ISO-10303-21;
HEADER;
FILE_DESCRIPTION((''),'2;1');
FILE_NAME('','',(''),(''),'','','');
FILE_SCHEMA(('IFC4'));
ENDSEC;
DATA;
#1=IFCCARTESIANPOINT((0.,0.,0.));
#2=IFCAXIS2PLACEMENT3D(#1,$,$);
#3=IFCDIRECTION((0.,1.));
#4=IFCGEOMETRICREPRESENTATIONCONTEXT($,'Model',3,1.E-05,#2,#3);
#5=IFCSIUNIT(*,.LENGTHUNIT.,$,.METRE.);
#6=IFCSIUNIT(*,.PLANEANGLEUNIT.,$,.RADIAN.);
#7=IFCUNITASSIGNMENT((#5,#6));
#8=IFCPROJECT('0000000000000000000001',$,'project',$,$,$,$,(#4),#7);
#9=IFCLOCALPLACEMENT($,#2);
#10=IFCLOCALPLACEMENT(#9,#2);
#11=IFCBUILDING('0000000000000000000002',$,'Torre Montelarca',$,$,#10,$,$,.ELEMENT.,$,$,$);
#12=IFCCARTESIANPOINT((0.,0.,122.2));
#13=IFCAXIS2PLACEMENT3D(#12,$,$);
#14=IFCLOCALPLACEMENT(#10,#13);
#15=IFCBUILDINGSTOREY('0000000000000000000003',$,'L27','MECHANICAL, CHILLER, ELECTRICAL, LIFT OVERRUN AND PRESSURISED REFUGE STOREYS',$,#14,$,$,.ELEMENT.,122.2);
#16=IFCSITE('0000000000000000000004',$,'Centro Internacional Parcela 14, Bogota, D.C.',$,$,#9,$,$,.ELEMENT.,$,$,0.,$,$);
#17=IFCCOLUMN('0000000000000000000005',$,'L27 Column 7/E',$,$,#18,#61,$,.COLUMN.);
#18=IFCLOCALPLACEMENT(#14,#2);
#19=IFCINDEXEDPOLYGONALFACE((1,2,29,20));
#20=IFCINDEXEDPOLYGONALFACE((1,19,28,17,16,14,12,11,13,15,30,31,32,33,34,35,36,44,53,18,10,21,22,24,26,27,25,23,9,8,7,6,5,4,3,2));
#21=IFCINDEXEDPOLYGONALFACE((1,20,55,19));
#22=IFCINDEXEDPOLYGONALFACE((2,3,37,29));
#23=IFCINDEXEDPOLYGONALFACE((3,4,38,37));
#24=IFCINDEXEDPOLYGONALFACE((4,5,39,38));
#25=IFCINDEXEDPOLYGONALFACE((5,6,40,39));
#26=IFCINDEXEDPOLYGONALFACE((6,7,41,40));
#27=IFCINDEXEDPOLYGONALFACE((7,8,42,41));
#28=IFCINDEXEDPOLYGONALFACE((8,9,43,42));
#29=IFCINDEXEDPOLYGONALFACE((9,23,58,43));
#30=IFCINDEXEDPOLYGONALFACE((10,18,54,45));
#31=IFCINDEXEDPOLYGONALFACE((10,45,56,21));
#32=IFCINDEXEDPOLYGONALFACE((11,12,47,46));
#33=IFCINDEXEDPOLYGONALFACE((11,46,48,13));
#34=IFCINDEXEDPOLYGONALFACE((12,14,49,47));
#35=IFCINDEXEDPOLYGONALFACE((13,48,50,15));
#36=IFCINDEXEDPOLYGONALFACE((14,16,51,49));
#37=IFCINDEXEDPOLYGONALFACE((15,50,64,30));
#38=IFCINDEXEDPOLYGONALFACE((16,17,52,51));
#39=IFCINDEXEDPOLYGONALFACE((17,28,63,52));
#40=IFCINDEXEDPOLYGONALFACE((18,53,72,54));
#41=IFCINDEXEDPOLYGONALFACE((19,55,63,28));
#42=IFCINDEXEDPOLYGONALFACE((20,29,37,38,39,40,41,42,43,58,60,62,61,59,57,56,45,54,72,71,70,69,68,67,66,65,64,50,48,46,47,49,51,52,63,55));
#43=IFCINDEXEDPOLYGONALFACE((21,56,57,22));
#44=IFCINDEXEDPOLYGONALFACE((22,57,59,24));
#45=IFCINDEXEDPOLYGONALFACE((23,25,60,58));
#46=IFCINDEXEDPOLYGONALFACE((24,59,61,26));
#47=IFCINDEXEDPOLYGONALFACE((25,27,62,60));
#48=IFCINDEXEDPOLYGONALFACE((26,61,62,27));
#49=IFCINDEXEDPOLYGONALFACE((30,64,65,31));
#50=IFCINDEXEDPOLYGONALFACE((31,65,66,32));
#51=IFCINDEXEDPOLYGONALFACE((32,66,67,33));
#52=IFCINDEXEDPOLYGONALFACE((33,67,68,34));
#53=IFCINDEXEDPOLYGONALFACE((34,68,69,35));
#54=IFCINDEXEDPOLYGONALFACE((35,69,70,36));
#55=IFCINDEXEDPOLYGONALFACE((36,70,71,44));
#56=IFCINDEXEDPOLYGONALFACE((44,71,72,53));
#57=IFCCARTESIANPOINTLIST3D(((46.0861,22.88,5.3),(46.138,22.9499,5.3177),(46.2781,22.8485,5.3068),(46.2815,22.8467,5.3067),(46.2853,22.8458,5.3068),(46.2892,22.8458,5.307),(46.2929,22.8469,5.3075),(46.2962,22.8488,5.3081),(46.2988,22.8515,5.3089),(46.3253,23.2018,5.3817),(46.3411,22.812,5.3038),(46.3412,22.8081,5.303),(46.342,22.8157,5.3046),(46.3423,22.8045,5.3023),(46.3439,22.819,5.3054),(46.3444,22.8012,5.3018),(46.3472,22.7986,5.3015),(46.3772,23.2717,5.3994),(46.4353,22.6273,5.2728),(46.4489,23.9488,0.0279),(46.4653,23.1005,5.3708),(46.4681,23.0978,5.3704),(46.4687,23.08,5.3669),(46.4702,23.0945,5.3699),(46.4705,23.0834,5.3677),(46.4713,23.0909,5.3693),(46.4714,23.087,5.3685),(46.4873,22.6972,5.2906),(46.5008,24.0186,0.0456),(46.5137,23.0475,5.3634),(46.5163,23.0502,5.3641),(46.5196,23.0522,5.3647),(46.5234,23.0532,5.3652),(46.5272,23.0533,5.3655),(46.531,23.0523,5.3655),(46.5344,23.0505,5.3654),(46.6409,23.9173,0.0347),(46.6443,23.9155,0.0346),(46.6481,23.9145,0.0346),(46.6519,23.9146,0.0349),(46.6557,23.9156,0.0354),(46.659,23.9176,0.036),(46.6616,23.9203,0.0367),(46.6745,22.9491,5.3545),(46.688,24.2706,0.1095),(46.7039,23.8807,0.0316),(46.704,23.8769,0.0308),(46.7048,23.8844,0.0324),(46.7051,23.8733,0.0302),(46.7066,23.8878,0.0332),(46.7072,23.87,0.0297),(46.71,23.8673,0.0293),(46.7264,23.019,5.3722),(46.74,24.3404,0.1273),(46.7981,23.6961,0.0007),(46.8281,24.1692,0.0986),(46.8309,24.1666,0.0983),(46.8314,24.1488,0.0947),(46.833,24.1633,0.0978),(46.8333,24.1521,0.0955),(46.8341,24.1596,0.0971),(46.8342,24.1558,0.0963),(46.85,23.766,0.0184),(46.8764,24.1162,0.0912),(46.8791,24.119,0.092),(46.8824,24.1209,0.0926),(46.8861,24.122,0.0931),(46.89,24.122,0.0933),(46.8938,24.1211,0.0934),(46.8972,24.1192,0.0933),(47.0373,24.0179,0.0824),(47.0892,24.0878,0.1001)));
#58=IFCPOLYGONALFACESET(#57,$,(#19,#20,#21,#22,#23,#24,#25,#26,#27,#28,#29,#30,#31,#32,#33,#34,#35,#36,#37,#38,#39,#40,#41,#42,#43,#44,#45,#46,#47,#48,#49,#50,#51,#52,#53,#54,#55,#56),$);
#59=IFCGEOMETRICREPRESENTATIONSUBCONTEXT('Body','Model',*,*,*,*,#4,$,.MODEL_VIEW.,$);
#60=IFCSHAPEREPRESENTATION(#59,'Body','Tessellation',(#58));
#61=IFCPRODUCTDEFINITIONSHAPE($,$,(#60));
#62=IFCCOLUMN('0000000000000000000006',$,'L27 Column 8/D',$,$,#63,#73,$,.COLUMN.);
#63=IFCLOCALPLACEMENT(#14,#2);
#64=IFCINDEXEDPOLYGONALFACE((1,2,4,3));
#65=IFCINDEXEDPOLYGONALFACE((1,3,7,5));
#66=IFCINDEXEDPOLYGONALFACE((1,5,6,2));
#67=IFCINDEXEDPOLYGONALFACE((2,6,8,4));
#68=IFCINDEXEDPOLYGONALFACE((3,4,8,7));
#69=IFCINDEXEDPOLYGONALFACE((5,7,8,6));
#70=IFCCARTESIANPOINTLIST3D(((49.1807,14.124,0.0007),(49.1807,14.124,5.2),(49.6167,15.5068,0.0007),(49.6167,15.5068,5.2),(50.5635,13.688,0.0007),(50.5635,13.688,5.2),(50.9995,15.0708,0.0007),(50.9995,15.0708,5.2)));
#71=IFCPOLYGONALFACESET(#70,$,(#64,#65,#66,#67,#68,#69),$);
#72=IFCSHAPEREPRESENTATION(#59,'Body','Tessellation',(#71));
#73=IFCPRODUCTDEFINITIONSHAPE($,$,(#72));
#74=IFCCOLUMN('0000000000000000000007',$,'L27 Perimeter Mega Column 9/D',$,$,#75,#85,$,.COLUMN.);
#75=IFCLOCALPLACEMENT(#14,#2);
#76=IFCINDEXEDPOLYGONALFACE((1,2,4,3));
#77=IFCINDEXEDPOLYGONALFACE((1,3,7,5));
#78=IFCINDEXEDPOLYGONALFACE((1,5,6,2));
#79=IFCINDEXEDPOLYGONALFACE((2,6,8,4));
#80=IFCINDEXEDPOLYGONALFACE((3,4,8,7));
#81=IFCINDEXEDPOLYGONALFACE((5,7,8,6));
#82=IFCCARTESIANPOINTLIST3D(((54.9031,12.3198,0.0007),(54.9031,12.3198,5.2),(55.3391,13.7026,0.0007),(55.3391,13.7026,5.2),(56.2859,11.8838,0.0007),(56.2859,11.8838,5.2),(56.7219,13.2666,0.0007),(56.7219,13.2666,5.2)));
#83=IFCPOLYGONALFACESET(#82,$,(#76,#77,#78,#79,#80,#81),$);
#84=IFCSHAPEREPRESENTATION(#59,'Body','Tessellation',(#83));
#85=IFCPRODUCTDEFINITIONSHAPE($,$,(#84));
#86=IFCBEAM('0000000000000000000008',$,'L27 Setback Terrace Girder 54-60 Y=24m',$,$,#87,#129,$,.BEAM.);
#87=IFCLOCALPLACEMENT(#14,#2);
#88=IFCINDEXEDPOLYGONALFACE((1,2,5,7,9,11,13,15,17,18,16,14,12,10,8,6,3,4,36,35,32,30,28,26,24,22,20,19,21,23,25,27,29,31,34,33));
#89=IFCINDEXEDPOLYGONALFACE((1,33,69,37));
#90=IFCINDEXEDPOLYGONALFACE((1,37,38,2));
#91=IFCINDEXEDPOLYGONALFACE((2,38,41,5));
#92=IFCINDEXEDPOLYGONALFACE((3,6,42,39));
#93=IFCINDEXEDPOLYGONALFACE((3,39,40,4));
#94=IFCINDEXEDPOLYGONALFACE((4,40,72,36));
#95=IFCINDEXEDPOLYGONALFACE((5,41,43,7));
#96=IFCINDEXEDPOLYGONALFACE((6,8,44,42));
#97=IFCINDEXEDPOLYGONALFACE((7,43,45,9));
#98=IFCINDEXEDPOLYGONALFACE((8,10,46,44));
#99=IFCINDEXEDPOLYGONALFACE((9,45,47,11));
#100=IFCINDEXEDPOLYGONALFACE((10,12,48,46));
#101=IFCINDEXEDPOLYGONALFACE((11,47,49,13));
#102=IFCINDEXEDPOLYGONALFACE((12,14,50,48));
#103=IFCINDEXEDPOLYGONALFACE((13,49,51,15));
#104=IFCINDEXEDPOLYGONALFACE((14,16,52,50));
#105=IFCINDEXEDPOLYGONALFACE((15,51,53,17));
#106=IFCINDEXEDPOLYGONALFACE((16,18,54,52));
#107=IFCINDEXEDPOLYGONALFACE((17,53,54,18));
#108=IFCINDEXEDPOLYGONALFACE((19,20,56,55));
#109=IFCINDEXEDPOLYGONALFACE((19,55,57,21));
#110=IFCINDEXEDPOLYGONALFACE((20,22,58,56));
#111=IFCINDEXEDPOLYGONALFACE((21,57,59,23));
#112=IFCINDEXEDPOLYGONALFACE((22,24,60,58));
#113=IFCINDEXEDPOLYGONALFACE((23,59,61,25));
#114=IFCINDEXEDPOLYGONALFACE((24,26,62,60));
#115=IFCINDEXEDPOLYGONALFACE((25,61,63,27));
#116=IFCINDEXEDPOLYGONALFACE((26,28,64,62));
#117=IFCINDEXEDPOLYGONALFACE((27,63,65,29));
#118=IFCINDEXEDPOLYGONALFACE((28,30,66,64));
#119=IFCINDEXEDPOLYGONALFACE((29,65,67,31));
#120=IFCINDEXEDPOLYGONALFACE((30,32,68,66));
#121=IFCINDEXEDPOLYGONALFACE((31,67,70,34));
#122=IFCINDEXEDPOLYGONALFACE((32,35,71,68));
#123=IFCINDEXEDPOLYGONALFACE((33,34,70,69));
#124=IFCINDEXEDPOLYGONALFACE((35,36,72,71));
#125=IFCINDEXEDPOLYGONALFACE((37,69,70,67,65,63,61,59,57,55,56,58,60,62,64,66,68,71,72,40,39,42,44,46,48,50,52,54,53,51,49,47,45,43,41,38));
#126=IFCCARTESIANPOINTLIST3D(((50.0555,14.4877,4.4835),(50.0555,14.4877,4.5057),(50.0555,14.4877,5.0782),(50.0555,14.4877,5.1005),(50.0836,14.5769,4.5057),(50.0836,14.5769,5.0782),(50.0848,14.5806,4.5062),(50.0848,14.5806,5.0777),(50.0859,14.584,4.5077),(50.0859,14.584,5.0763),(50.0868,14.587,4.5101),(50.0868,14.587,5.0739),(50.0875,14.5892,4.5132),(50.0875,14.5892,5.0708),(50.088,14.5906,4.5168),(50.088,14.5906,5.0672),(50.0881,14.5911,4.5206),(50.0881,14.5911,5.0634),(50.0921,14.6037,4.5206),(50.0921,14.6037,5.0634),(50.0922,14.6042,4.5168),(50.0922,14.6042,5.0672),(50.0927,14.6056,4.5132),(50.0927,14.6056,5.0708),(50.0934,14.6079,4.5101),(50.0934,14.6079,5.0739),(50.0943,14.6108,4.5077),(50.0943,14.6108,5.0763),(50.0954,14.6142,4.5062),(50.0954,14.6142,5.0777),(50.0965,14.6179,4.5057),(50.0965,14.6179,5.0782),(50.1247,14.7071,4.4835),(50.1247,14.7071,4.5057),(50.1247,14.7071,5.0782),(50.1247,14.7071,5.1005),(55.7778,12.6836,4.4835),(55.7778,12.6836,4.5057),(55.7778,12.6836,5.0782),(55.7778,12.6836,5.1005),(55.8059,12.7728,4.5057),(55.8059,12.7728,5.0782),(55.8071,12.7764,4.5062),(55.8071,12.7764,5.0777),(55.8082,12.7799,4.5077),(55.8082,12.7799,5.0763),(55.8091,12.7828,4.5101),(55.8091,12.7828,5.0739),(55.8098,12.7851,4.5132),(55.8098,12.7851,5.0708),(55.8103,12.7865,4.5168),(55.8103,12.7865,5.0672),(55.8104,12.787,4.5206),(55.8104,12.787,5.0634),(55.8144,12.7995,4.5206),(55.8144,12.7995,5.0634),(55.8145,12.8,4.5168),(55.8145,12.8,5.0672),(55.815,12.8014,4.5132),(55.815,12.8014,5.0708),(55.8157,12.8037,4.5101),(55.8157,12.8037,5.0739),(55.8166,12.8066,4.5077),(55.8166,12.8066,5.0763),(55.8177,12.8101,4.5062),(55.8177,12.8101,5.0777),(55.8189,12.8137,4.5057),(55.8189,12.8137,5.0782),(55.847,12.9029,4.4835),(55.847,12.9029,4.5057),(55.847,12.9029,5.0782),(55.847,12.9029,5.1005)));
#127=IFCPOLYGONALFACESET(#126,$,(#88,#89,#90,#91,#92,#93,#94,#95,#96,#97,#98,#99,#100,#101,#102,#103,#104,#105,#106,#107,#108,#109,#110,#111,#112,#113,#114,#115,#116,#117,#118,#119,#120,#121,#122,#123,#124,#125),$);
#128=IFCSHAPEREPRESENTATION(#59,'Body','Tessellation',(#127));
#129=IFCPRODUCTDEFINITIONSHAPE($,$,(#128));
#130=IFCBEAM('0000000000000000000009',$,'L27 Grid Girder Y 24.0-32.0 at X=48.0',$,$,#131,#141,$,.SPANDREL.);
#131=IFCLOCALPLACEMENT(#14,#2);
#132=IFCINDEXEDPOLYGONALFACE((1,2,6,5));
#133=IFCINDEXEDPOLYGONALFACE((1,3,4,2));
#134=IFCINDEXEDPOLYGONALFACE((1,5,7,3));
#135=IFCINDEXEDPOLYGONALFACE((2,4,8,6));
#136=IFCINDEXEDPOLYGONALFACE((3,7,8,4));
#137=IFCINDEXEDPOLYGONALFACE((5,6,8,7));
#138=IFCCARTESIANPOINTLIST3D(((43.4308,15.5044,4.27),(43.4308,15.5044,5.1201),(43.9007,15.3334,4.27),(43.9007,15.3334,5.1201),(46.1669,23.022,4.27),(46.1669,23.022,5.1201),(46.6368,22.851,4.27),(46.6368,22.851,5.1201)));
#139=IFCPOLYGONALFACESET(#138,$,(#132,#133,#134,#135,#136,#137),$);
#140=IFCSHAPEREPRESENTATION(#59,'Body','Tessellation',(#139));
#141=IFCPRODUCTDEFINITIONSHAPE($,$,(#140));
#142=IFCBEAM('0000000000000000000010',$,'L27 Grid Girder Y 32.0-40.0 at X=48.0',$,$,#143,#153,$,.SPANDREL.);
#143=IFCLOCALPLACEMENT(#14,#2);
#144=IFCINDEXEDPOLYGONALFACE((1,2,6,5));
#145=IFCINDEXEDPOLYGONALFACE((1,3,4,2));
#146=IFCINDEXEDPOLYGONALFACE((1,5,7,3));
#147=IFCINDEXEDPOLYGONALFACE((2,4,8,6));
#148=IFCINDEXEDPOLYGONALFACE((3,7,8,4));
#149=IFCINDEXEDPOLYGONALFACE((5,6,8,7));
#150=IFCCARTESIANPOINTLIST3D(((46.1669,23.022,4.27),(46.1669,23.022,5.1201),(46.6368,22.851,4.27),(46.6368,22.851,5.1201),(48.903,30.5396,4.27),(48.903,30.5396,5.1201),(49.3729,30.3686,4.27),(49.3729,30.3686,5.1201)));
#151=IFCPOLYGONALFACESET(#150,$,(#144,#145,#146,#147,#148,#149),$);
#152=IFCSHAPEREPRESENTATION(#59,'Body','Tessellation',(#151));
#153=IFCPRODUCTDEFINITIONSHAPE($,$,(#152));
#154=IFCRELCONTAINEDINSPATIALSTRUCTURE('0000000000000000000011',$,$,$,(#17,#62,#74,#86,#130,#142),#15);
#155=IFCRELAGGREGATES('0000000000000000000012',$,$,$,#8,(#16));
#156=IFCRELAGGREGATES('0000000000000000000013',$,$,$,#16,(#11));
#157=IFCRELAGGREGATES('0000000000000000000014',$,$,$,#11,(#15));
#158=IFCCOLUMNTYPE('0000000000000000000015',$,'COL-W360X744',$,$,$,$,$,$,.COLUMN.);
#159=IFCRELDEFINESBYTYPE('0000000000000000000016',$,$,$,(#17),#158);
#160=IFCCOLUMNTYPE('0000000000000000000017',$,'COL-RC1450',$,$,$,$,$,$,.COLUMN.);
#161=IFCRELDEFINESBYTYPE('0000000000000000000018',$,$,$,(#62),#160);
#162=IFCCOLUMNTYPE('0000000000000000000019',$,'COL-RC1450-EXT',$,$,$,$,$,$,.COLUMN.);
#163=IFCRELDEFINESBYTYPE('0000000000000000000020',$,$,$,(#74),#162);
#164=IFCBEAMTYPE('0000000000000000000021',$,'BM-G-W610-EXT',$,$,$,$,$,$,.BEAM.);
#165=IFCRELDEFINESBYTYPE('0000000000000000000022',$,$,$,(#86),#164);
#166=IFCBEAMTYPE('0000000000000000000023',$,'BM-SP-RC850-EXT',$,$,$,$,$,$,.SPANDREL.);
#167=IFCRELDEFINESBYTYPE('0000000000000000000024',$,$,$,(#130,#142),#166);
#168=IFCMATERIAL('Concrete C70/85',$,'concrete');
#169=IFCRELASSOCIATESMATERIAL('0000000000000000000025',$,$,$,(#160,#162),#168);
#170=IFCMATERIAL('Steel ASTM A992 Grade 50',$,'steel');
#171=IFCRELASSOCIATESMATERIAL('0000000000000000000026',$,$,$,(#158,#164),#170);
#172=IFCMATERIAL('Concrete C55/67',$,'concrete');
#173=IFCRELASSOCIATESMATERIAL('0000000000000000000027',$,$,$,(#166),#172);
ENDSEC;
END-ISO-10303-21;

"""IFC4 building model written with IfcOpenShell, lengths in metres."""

from ifc_helpers import new_model, si_unit, direction, frame, origin, origin_2d, place, context, subcontext, project, spatial, rectangle, i_section, extrude, clip, halfspace, source, transform, mapped, material, material_profile, profile_set, type_object, element, save


model = new_model("IFC4")

# Units and contexts
model_context = context("Model", 3, precision=1e-05, world=origin(), true_north=direction((0.0, 1.0)))
body_context = subcontext(model_context, "Body", "Model", "MODEL_VIEW")
ifc_project = project(units=[si_unit("LENGTHUNIT", "METRE"), si_unit("PLANEANGLEUNIT", "RADIAN")], contexts=[model_context])

# Site, building, storey
site_placement = place(None, origin())
site = spatial("IfcSite", under=ifc_project, at=site_placement, Name="Centro Internacional Parcela 14, Bogota, D.C.", CompositionType="ELEMENT", RefElevation=0.0)
building_placement = place(site_placement, origin())
building = spatial("IfcBuilding", under=site, at=building_placement, Name="Torre Montelarca", CompositionType="ELEMENT")
storey_placement = place(building_placement, frame((0.0, 0.0, 122.2)))
storey = spatial("IfcBuildingStorey", under=building, at=storey_placement, Name="L27", Description="MECHANICAL, CHILLER, ELECTRICAL, LIFT OVERRUN AND PRESSURISED REFUGE STOREYS", CompositionType="ELEMENT", Elevation=122.2)

# Columns
ifc_material_1 = material(Name="Concrete C70/85", Category="concrete")
ifc_material_profile_1 = material_profile(ifc_material_1, rectangle(XDim=1.45, YDim=1.45, at=origin_2d()), Name="RC1450X1450", Category="concrete")
ifc_profile_set_1 = profile_set([ifc_material_profile_1], Name="Concrete C70/85")
column_type_1 = type_object("IfcColumnType", Name="COL-RC1450", PredefinedType="COLUMN", material=ifc_profile_set_1)
ifc_material_2 = material(Name="Steel ASTM A992 Grade 50", Category="steel")
ifc_material_profile_2 = material_profile(ifc_material_2, i_section(OverallWidth=0.4319, OverallDepth=0.498, WebThickness=0.0557, FlangeThickness=0.0889, FilletRadius=0.0149, at=origin_2d()), Name="W360X744", Category="steel")
ifc_profile_set_2 = profile_set([ifc_material_profile_2], Name="Steel ASTM A992 Grade 50")
column_type_2 = type_object("IfcColumnType", Name="COL-W360X744", PredefinedType="COLUMN", material=ifc_profile_set_2)
column_1_placement = place(storey_placement, frame((46.7734, 24.0312, 0.0), z_axis=(-0.067285, -0.19823, 0.977843), x_axis=(-0.808599, 0.584982, 0.062949)))
element("IfcColumn", 1, at=column_1_placement, inside=storey, type_object=column_type_2, Name="L27 Column 7/E", PredefinedType="COLUMN", context=body_context, shape_type="Clipping", body=[
    clip(clip(extrude(i_section(OverallWidth=0.4319, OverallDepth=0.498, WebThickness=0.0557, FlangeThickness=0.0889, FilletRadius=0.0149, at=origin_2d()), origin(), (0.0, 0.0, 1.0), 5.5225), halfspace(frame((0.0, 0.0, 0.0654), z_axis=(0.0, 0.0, -1.0), x_axis=(1.0, 0.0, 0.0)), False)), halfspace(frame((0.0, 0.0, 5.457), z_axis=(0.0, 0.0, 1.0), x_axis=(1.0, 0.0, 0.0)), False)),
])
shared_shape_1 = source(origin(), body_context, "Body", "SweptSolid", [
    extrude(rectangle(XDim=1.45, YDim=1.45, at=origin_2d()), origin(), (0.0, 0.0, 1.0), 5.1992),
])
column_2_placement = place(storey_placement, frame((50.0901, 14.5974, 0.0007), z_axis=(0.0, 0.0, 1.0), x_axis=(-0.953717, 0.300706, 0.0)))
element("IfcColumn", 2, at=column_2_placement, inside=storey, type_object=column_type_1, Name="L27 Column 8/D", PredefinedType="COLUMN", context=body_context, shape_type="MappedRepresentation", body=[
    mapped(shared_shape_1, transform((0.0, 0.0, 0.0), scale=1.0)),
])
ifc_material_profile_3 = material_profile(ifc_material_1, rectangle(XDim=1.45, YDim=1.45, at=origin_2d()), Name="RC1450X1450", Category="concrete")
ifc_profile_set_3 = profile_set([ifc_material_profile_3], Name="Concrete C70/85")
column_type_3 = type_object("IfcColumnType", Name="COL-RC1450-EXT", PredefinedType="COLUMN", material=ifc_profile_set_3)
shared_shape_2 = source(origin(), body_context, "Body", "SweptSolid", [
    extrude(rectangle(XDim=1.45, YDim=1.45, at=origin_2d()), origin(), (0.0, 0.0, 1.0), 5.1992),
])
column_3_placement = place(storey_placement, frame((55.8125, 12.7932, 0.0007), z_axis=(0.0, 0.0, 1.0), x_axis=(-0.953717, 0.300706, 0.0)))
element("IfcColumn", 3, at=column_3_placement, inside=storey, type_object=column_type_3, Name="L27 Perimeter Mega Column 9/D", PredefinedType="COLUMN", context=body_context, shape_type="MappedRepresentation", body=[
    mapped(shared_shape_2, transform((0.0, 0.0, 0.0), scale=1.0)),
])

# Beams
ifc_material_profile_4 = material_profile(ifc_material_2, i_section(OverallWidth=0.23, OverallDepth=0.6169, WebThickness=0.0132, FlangeThickness=0.0222, FilletRadius=0.0149, at=origin_2d()), Name="W610X140", Category="steel")
ifc_profile_set_4 = profile_set([ifc_material_profile_4], Name="Steel ASTM A992 Grade 50")
beam_type_1 = type_object("IfcBeamType", Name="BM-G-W610-EXT", PredefinedType="BEAM", material=ifc_profile_set_4)
shared_shape_3 = source(origin(), body_context, "Body", "SweptSolid", [
    extrude(i_section(OverallWidth=0.23, OverallDepth=0.6169, WebThickness=0.0132, FlangeThickness=0.0222, FilletRadius=0.0149, at=origin_2d()), origin(), (0.0, 0.0, 1.0), 6.0),
])
beam_placement = place(storey_placement, frame((50.0901, 14.5974, 4.792), z_axis=(0.95372, -0.300695, 0.0), x_axis=(0.300695, 0.95372, 0.0)))
element("IfcBeam", 4, at=beam_placement, inside=storey, type_object=beam_type_1, Name="L27 Setback Terrace Girder 54-60 Y=24m", PredefinedType="BEAM", context=body_context, shape_type="MappedRepresentation", body=[
    mapped(shared_shape_3, transform((0.0, 0.0, 0.0), scale=1.0)),
])
ifc_material_3 = material(Name="Concrete C55/67", Category="concrete")
ifc_material_profile_5 = material_profile(ifc_material_3, rectangle(XDim=0.5, YDim=0.8501, at=origin_2d()), Name="RCB500X850", Category="concrete")
ifc_profile_set_5 = profile_set([ifc_material_profile_5], Name="Concrete C55/67")
beam_type_2 = type_object("IfcBeamType", Name="BM-SP-RC850-EXT", PredefinedType="SPANDREL", material=ifc_profile_set_5)
shared_shape_4 = source(origin(), body_context, "Body", "SweptSolid", [
    extrude(rectangle(XDim=0.5, YDim=0.8501, at=origin_2d()), origin(), (0.0, 0.0, 1.0), 8.0),
])
for number, where, z_axis, x_axis, name in (
    (5, (43.6658, 15.4189, 4.6951), (0.34201, 0.939696, 0.0), (-0.939696, 0.34201, 0.0), "L27 Grid Girder Y 24.0-32.0 at X=48.0"),
    (6, (46.4019, 22.9365, 4.6951), (0.34201, 0.939696, 0.0), (-0.939696, 0.34201, 0.0), "L27 Grid Girder Y 32.0-40.0 at X=48.0"),
):
    element("IfcBeam", number, at=place(storey_placement, frame(where, z_axis=z_axis, x_axis=x_axis)), inside=storey, type_object=beam_type_2, Name=name, PredefinedType="SPANDREL", context=body_context, shape_type="MappedRepresentation", body=[
        mapped(shared_shape_4, transform((0.0, 0.0, 0.0), scale=1.0)),
    ])

save(model, "model.ifc")
